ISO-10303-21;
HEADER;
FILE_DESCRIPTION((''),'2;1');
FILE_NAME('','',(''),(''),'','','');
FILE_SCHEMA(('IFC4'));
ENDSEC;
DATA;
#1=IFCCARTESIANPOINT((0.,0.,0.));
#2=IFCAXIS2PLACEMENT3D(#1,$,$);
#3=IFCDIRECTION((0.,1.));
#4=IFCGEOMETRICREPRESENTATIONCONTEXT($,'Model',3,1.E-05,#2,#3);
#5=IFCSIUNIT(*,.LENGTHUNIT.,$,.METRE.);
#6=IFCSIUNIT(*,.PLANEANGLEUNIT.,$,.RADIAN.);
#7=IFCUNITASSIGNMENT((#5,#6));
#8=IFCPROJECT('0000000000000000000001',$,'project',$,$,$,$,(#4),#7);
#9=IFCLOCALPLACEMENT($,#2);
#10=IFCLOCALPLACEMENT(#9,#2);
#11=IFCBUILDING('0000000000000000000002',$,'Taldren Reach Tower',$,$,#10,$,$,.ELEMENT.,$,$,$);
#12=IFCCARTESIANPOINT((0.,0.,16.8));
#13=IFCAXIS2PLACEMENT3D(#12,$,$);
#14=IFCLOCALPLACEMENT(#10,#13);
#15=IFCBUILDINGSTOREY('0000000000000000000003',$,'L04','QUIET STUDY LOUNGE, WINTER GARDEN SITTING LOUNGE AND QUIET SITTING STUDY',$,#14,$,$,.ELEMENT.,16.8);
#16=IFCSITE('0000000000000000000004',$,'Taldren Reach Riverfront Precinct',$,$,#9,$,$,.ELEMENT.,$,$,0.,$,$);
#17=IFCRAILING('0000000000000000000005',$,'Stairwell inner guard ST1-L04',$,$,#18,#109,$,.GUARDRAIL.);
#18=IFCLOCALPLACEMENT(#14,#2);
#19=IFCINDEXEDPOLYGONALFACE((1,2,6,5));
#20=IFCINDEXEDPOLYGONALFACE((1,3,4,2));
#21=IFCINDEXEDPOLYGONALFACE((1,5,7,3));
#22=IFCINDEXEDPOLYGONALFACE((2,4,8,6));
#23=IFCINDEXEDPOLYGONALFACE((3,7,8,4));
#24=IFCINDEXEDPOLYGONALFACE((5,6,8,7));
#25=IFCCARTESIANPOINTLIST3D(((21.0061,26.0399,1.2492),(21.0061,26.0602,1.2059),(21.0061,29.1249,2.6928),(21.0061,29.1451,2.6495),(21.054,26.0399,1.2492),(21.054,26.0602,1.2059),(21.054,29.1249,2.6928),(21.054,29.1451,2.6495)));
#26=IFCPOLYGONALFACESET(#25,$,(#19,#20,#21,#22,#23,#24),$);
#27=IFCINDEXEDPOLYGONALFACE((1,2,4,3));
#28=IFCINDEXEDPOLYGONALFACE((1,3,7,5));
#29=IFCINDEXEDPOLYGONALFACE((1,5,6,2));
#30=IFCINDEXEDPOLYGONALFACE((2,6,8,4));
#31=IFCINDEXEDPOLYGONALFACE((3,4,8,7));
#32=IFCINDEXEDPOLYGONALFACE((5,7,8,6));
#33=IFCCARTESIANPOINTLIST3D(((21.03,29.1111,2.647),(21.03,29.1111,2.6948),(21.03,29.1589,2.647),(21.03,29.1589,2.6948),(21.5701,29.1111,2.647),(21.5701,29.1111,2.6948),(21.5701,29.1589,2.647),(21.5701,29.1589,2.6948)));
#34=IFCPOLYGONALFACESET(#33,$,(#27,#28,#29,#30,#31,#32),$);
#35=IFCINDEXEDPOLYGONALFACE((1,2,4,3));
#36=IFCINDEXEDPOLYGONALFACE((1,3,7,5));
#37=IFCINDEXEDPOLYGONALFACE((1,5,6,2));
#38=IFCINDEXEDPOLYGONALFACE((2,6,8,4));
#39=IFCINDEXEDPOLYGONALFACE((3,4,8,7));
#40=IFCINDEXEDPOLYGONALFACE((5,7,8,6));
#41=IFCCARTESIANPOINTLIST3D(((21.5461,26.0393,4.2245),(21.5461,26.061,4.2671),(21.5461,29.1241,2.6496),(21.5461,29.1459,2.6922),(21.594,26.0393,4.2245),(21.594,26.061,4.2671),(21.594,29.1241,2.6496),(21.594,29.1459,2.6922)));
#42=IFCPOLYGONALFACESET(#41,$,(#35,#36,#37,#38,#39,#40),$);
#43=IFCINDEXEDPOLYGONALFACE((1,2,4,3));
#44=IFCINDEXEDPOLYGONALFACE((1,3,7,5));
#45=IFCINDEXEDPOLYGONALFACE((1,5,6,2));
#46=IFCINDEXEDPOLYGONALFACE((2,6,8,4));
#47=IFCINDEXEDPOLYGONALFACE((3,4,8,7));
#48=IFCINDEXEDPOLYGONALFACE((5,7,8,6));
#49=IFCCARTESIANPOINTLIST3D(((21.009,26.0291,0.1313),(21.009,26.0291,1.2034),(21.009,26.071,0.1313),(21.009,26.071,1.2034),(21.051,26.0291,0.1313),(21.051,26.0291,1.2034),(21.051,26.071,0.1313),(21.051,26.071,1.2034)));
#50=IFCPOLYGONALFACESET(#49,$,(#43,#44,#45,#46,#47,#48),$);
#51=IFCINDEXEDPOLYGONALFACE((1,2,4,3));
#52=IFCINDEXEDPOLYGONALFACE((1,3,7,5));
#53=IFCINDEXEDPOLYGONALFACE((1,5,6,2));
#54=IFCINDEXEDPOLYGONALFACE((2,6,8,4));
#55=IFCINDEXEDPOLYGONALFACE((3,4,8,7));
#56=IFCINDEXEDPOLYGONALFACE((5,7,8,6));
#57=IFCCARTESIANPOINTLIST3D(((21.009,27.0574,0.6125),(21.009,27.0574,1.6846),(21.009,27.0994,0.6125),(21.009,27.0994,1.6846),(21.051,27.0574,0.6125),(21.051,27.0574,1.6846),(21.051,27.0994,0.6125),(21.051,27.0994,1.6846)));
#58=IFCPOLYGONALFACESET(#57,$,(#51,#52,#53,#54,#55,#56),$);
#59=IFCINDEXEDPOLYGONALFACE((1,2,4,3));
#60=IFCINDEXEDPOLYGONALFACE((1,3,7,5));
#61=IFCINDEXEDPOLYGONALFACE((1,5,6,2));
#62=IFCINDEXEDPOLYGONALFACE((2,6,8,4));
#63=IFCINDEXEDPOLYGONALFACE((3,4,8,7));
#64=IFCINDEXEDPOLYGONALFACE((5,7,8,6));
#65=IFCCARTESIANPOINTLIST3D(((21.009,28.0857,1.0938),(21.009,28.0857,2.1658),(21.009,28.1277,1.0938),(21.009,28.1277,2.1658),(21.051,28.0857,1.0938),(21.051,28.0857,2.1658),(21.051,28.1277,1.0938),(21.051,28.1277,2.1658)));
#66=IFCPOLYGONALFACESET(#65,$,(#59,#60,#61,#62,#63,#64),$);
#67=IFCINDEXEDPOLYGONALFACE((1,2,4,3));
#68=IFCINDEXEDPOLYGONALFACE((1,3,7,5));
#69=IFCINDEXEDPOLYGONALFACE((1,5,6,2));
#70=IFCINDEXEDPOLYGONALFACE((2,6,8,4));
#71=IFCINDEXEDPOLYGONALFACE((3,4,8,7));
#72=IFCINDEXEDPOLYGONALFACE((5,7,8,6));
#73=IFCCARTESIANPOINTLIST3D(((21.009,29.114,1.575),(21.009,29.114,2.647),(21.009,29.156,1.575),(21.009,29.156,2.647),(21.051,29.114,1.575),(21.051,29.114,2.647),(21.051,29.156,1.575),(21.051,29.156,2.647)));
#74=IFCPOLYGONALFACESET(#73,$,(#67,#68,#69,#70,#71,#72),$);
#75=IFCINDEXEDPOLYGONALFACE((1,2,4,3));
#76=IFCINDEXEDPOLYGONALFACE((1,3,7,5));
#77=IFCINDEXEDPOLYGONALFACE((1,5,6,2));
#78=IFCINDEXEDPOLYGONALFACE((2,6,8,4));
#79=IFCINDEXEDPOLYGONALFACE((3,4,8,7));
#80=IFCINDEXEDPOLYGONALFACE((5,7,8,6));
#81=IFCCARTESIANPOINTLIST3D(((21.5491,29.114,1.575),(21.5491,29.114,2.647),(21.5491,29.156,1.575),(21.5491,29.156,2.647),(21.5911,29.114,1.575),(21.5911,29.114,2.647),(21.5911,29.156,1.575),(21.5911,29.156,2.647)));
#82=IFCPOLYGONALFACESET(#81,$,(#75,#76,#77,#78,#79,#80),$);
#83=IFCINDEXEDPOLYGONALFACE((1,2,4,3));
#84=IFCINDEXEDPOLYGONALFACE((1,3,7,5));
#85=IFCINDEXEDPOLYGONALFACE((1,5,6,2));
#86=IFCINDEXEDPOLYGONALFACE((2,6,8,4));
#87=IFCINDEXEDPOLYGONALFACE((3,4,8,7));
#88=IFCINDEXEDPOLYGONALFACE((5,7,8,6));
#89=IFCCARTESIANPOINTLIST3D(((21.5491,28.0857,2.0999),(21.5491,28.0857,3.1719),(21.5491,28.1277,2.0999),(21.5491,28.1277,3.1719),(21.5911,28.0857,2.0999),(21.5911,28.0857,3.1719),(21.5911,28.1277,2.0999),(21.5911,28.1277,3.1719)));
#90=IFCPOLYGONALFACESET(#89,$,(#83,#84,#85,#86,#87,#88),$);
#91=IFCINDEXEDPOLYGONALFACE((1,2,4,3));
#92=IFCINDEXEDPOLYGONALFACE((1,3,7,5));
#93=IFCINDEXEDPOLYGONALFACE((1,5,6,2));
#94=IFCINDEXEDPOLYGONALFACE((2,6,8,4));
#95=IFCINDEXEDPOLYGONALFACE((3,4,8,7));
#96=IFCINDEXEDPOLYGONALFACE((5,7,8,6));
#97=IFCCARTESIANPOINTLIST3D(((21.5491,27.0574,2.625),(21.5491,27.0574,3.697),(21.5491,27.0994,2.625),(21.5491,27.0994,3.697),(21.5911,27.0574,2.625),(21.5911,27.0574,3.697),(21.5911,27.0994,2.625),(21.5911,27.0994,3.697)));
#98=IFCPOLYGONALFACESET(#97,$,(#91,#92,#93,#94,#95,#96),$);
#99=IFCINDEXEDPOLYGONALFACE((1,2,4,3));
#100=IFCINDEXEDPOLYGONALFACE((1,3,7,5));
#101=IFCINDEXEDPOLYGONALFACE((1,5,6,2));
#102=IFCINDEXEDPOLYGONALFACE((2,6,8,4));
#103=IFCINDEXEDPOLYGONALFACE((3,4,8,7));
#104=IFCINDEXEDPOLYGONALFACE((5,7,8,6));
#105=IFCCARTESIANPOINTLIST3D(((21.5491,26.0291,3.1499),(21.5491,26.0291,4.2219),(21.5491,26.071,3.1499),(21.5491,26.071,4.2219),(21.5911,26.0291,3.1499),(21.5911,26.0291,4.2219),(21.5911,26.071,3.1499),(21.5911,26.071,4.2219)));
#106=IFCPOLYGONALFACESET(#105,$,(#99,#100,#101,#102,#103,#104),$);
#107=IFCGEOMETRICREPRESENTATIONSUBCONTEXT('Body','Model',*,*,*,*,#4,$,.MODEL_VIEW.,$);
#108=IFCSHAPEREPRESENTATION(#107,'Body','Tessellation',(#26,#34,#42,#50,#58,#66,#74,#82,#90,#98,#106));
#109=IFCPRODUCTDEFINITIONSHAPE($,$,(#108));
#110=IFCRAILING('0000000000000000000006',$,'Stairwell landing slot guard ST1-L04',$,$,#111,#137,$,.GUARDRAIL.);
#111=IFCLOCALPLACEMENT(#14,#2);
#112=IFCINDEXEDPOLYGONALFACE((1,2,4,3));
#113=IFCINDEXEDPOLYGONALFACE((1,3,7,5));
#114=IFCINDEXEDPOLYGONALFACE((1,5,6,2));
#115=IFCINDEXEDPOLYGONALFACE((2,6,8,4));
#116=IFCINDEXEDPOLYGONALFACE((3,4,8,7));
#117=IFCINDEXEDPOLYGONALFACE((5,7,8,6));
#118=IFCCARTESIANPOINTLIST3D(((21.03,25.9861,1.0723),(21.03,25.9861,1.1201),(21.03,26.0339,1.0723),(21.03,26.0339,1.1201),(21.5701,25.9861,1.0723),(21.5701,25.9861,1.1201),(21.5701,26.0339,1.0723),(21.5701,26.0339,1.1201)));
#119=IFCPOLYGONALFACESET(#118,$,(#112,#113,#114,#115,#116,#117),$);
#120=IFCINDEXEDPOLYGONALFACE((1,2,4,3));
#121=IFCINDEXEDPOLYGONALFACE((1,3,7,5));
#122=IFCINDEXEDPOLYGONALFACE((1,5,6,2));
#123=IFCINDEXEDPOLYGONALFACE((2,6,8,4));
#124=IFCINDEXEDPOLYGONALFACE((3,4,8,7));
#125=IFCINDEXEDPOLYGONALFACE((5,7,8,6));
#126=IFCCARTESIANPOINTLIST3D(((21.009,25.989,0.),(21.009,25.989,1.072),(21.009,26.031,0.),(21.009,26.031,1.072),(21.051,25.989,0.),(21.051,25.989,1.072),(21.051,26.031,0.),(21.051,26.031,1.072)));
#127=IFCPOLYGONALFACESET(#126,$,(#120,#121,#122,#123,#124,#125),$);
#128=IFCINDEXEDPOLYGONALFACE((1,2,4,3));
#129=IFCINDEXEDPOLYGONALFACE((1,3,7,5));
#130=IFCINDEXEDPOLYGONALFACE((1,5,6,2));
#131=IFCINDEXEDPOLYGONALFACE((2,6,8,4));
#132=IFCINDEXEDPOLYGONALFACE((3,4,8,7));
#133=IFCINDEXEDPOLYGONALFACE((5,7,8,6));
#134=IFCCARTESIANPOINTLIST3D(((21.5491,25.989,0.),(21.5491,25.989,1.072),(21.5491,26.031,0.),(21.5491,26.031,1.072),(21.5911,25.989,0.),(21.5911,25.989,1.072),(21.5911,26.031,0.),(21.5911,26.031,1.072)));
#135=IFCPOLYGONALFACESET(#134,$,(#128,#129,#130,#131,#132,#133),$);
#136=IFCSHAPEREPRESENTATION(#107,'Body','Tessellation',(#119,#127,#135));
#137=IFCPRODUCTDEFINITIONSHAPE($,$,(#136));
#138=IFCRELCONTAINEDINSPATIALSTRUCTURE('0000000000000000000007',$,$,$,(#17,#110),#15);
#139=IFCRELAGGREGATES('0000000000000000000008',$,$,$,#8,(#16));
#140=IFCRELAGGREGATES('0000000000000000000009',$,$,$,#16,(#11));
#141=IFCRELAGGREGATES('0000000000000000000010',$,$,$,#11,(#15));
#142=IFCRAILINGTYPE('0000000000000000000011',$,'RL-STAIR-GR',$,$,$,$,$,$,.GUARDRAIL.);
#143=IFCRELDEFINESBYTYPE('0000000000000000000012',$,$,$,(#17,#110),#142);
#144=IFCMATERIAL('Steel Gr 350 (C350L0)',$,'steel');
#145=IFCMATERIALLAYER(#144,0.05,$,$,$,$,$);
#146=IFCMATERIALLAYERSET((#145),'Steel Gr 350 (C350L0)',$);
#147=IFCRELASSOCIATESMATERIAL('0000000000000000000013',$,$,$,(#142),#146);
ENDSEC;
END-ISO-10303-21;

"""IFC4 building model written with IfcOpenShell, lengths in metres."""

from ifc_helpers import new_model, si_unit, direction, frame, origin, origin_2d, place, context, subcontext, project, spatial, rectangle, extrude, material, layer, layer_set, type_object, element, save


model = new_model("IFC4")

# Units and contexts
model_context = context("Model", 3, precision=1e-05, world=origin(), true_north=direction((0.0, 1.0)))
body_context = subcontext(model_context, "Body", "Model", "MODEL_VIEW")
ifc_project = project(units=[si_unit("LENGTHUNIT", "METRE"), si_unit("PLANEANGLEUNIT", "RADIAN")], contexts=[model_context])

# Site, building, storey
site_placement = place(None, origin())
site = spatial("IfcSite", under=ifc_project, at=site_placement, Name="Taldren Reach Riverfront Precinct", CompositionType="ELEMENT", RefElevation=0.0)
building_placement = place(site_placement, origin())
building = spatial("IfcBuilding", under=site, at=building_placement, Name="Taldren Reach Tower", CompositionType="ELEMENT")
storey_placement = place(building_placement, frame((0.0, 0.0, 16.8)))
storey = spatial("IfcBuildingStorey", under=building, at=storey_placement, Name="L04", Description="QUIET STUDY LOUNGE, WINTER GARDEN SITTING LOUNGE AND QUIET SITTING STUDY", CompositionType="ELEMENT", Elevation=16.8)

# Shared definitions
ifc_material_1 = material(Name="Steel Gr 350 (C350L0)", Category="steel")

# Railings
ifc_layer_1 = layer(ifc_material_1, 0.05)
ifc_layer_set_1 = layer_set([ifc_layer_1], Name="Steel Gr 350 (C350L0)")
railing_type_1 = type_object("IfcRailingType", Name="RL-STAIR-GR", PredefinedType="GUARDRAIL", material=ifc_layer_set_1)
railing_1_placement = place(storey_placement, frame((21.03, 26.05, 0.1313)))
element("IfcRailing", 1, at=railing_1_placement, inside=storey, type_object=railing_type_1, Name="Stairwell inner guard ST1-L04", PredefinedType="GUARDRAIL", context=body_context, shape_type="SweptSolid", body=[
    extrude(rectangle(XDim=0.0479, YDim=0.0479, at=origin_2d()), frame((0.0, 0.0, 1.0962), z_axis=(0.0, 0.905738, 0.423839), x_axis=(-1.0, 0.0, 0.0)), (0.0, 0.0, 1.0), 3.406),
    extrude(rectangle(XDim=0.0479, YDim=0.0479, at=origin_2d()), frame((0.0, 3.085, 2.5396), z_axis=(1.0, 0.0, 0.0), x_axis=(0.0, 1.0, 0.0)), (0.0, 0.0, 1.0), 0.54),
    extrude(rectangle(XDim=0.0479, YDim=0.0479, at=origin_2d()), frame((0.54, 3.085, 2.5396), z_axis=(0.0, -0.890646, 0.454697), x_axis=(1.0, 0.0, 0.0)), (0.0, 0.0, 1.0), 3.4636),
    extrude(rectangle(XDim=0.042, YDim=0.042, at=origin_2d()), origin(), (0.0, 0.0, 1.0), 1.072),
    extrude(rectangle(XDim=0.042, YDim=0.042, at=origin_2d()), frame((0.0, 1.0283, 0.4812)), (0.0, 0.0, 1.0), 1.072),
    extrude(rectangle(XDim=0.042, YDim=0.042, at=origin_2d()), frame((0.0, 2.0566, 0.9624)), (0.0, 0.0, 1.0), 1.072),
    extrude(rectangle(XDim=0.042, YDim=0.042, at=origin_2d()), frame((0.0, 3.085, 1.4436)), (0.0, 0.0, 1.0), 1.072),
    extrude(rectangle(XDim=0.042, YDim=0.042, at=origin_2d()), frame((0.54, 3.085, 1.4436)), (0.0, 0.0, 1.0), 1.072),
    extrude(rectangle(XDim=0.042, YDim=0.042, at=origin_2d()), frame((0.54, 2.0566, 1.9685)), (0.0, 0.0, 1.0), 1.072),
    extrude(rectangle(XDim=0.042, YDim=0.042, at=origin_2d()), frame((0.54, 1.0283, 2.4937)), (0.0, 0.0, 1.0), 1.072),
    extrude(rectangle(XDim=0.042, YDim=0.042, at=origin_2d()), frame((0.54, 0.0, 3.0186)), (0.0, 0.0, 1.0), 1.072),
])
railing_2_placement = place(storey_placement, frame((21.03, 26.01, 0.0)))
element("IfcRailing", 2, at=railing_2_placement, inside=storey, type_object=railing_type_1, Name="Stairwell landing slot guard ST1-L04", PredefinedType="GUARDRAIL", context=body_context, shape_type="SweptSolid", body=[
    extrude(rectangle(XDim=0.0479, YDim=0.0479, at=origin_2d()), frame((0.0, 0.0, 1.0962), z_axis=(1.0, 0.0, 0.0), x_axis=(0.0, 1.0, 0.0)), (0.0, 0.0, 1.0), 0.54),
    extrude(rectangle(XDim=0.042, YDim=0.042, at=origin_2d()), origin(), (0.0, 0.0, 1.0), 1.072),
    extrude(rectangle(XDim=0.042, YDim=0.042, at=origin_2d()), frame((0.54, 0.0, 0.0)), (0.0, 0.0, 1.0), 1.072),
])

save(model, "model.ifc")
